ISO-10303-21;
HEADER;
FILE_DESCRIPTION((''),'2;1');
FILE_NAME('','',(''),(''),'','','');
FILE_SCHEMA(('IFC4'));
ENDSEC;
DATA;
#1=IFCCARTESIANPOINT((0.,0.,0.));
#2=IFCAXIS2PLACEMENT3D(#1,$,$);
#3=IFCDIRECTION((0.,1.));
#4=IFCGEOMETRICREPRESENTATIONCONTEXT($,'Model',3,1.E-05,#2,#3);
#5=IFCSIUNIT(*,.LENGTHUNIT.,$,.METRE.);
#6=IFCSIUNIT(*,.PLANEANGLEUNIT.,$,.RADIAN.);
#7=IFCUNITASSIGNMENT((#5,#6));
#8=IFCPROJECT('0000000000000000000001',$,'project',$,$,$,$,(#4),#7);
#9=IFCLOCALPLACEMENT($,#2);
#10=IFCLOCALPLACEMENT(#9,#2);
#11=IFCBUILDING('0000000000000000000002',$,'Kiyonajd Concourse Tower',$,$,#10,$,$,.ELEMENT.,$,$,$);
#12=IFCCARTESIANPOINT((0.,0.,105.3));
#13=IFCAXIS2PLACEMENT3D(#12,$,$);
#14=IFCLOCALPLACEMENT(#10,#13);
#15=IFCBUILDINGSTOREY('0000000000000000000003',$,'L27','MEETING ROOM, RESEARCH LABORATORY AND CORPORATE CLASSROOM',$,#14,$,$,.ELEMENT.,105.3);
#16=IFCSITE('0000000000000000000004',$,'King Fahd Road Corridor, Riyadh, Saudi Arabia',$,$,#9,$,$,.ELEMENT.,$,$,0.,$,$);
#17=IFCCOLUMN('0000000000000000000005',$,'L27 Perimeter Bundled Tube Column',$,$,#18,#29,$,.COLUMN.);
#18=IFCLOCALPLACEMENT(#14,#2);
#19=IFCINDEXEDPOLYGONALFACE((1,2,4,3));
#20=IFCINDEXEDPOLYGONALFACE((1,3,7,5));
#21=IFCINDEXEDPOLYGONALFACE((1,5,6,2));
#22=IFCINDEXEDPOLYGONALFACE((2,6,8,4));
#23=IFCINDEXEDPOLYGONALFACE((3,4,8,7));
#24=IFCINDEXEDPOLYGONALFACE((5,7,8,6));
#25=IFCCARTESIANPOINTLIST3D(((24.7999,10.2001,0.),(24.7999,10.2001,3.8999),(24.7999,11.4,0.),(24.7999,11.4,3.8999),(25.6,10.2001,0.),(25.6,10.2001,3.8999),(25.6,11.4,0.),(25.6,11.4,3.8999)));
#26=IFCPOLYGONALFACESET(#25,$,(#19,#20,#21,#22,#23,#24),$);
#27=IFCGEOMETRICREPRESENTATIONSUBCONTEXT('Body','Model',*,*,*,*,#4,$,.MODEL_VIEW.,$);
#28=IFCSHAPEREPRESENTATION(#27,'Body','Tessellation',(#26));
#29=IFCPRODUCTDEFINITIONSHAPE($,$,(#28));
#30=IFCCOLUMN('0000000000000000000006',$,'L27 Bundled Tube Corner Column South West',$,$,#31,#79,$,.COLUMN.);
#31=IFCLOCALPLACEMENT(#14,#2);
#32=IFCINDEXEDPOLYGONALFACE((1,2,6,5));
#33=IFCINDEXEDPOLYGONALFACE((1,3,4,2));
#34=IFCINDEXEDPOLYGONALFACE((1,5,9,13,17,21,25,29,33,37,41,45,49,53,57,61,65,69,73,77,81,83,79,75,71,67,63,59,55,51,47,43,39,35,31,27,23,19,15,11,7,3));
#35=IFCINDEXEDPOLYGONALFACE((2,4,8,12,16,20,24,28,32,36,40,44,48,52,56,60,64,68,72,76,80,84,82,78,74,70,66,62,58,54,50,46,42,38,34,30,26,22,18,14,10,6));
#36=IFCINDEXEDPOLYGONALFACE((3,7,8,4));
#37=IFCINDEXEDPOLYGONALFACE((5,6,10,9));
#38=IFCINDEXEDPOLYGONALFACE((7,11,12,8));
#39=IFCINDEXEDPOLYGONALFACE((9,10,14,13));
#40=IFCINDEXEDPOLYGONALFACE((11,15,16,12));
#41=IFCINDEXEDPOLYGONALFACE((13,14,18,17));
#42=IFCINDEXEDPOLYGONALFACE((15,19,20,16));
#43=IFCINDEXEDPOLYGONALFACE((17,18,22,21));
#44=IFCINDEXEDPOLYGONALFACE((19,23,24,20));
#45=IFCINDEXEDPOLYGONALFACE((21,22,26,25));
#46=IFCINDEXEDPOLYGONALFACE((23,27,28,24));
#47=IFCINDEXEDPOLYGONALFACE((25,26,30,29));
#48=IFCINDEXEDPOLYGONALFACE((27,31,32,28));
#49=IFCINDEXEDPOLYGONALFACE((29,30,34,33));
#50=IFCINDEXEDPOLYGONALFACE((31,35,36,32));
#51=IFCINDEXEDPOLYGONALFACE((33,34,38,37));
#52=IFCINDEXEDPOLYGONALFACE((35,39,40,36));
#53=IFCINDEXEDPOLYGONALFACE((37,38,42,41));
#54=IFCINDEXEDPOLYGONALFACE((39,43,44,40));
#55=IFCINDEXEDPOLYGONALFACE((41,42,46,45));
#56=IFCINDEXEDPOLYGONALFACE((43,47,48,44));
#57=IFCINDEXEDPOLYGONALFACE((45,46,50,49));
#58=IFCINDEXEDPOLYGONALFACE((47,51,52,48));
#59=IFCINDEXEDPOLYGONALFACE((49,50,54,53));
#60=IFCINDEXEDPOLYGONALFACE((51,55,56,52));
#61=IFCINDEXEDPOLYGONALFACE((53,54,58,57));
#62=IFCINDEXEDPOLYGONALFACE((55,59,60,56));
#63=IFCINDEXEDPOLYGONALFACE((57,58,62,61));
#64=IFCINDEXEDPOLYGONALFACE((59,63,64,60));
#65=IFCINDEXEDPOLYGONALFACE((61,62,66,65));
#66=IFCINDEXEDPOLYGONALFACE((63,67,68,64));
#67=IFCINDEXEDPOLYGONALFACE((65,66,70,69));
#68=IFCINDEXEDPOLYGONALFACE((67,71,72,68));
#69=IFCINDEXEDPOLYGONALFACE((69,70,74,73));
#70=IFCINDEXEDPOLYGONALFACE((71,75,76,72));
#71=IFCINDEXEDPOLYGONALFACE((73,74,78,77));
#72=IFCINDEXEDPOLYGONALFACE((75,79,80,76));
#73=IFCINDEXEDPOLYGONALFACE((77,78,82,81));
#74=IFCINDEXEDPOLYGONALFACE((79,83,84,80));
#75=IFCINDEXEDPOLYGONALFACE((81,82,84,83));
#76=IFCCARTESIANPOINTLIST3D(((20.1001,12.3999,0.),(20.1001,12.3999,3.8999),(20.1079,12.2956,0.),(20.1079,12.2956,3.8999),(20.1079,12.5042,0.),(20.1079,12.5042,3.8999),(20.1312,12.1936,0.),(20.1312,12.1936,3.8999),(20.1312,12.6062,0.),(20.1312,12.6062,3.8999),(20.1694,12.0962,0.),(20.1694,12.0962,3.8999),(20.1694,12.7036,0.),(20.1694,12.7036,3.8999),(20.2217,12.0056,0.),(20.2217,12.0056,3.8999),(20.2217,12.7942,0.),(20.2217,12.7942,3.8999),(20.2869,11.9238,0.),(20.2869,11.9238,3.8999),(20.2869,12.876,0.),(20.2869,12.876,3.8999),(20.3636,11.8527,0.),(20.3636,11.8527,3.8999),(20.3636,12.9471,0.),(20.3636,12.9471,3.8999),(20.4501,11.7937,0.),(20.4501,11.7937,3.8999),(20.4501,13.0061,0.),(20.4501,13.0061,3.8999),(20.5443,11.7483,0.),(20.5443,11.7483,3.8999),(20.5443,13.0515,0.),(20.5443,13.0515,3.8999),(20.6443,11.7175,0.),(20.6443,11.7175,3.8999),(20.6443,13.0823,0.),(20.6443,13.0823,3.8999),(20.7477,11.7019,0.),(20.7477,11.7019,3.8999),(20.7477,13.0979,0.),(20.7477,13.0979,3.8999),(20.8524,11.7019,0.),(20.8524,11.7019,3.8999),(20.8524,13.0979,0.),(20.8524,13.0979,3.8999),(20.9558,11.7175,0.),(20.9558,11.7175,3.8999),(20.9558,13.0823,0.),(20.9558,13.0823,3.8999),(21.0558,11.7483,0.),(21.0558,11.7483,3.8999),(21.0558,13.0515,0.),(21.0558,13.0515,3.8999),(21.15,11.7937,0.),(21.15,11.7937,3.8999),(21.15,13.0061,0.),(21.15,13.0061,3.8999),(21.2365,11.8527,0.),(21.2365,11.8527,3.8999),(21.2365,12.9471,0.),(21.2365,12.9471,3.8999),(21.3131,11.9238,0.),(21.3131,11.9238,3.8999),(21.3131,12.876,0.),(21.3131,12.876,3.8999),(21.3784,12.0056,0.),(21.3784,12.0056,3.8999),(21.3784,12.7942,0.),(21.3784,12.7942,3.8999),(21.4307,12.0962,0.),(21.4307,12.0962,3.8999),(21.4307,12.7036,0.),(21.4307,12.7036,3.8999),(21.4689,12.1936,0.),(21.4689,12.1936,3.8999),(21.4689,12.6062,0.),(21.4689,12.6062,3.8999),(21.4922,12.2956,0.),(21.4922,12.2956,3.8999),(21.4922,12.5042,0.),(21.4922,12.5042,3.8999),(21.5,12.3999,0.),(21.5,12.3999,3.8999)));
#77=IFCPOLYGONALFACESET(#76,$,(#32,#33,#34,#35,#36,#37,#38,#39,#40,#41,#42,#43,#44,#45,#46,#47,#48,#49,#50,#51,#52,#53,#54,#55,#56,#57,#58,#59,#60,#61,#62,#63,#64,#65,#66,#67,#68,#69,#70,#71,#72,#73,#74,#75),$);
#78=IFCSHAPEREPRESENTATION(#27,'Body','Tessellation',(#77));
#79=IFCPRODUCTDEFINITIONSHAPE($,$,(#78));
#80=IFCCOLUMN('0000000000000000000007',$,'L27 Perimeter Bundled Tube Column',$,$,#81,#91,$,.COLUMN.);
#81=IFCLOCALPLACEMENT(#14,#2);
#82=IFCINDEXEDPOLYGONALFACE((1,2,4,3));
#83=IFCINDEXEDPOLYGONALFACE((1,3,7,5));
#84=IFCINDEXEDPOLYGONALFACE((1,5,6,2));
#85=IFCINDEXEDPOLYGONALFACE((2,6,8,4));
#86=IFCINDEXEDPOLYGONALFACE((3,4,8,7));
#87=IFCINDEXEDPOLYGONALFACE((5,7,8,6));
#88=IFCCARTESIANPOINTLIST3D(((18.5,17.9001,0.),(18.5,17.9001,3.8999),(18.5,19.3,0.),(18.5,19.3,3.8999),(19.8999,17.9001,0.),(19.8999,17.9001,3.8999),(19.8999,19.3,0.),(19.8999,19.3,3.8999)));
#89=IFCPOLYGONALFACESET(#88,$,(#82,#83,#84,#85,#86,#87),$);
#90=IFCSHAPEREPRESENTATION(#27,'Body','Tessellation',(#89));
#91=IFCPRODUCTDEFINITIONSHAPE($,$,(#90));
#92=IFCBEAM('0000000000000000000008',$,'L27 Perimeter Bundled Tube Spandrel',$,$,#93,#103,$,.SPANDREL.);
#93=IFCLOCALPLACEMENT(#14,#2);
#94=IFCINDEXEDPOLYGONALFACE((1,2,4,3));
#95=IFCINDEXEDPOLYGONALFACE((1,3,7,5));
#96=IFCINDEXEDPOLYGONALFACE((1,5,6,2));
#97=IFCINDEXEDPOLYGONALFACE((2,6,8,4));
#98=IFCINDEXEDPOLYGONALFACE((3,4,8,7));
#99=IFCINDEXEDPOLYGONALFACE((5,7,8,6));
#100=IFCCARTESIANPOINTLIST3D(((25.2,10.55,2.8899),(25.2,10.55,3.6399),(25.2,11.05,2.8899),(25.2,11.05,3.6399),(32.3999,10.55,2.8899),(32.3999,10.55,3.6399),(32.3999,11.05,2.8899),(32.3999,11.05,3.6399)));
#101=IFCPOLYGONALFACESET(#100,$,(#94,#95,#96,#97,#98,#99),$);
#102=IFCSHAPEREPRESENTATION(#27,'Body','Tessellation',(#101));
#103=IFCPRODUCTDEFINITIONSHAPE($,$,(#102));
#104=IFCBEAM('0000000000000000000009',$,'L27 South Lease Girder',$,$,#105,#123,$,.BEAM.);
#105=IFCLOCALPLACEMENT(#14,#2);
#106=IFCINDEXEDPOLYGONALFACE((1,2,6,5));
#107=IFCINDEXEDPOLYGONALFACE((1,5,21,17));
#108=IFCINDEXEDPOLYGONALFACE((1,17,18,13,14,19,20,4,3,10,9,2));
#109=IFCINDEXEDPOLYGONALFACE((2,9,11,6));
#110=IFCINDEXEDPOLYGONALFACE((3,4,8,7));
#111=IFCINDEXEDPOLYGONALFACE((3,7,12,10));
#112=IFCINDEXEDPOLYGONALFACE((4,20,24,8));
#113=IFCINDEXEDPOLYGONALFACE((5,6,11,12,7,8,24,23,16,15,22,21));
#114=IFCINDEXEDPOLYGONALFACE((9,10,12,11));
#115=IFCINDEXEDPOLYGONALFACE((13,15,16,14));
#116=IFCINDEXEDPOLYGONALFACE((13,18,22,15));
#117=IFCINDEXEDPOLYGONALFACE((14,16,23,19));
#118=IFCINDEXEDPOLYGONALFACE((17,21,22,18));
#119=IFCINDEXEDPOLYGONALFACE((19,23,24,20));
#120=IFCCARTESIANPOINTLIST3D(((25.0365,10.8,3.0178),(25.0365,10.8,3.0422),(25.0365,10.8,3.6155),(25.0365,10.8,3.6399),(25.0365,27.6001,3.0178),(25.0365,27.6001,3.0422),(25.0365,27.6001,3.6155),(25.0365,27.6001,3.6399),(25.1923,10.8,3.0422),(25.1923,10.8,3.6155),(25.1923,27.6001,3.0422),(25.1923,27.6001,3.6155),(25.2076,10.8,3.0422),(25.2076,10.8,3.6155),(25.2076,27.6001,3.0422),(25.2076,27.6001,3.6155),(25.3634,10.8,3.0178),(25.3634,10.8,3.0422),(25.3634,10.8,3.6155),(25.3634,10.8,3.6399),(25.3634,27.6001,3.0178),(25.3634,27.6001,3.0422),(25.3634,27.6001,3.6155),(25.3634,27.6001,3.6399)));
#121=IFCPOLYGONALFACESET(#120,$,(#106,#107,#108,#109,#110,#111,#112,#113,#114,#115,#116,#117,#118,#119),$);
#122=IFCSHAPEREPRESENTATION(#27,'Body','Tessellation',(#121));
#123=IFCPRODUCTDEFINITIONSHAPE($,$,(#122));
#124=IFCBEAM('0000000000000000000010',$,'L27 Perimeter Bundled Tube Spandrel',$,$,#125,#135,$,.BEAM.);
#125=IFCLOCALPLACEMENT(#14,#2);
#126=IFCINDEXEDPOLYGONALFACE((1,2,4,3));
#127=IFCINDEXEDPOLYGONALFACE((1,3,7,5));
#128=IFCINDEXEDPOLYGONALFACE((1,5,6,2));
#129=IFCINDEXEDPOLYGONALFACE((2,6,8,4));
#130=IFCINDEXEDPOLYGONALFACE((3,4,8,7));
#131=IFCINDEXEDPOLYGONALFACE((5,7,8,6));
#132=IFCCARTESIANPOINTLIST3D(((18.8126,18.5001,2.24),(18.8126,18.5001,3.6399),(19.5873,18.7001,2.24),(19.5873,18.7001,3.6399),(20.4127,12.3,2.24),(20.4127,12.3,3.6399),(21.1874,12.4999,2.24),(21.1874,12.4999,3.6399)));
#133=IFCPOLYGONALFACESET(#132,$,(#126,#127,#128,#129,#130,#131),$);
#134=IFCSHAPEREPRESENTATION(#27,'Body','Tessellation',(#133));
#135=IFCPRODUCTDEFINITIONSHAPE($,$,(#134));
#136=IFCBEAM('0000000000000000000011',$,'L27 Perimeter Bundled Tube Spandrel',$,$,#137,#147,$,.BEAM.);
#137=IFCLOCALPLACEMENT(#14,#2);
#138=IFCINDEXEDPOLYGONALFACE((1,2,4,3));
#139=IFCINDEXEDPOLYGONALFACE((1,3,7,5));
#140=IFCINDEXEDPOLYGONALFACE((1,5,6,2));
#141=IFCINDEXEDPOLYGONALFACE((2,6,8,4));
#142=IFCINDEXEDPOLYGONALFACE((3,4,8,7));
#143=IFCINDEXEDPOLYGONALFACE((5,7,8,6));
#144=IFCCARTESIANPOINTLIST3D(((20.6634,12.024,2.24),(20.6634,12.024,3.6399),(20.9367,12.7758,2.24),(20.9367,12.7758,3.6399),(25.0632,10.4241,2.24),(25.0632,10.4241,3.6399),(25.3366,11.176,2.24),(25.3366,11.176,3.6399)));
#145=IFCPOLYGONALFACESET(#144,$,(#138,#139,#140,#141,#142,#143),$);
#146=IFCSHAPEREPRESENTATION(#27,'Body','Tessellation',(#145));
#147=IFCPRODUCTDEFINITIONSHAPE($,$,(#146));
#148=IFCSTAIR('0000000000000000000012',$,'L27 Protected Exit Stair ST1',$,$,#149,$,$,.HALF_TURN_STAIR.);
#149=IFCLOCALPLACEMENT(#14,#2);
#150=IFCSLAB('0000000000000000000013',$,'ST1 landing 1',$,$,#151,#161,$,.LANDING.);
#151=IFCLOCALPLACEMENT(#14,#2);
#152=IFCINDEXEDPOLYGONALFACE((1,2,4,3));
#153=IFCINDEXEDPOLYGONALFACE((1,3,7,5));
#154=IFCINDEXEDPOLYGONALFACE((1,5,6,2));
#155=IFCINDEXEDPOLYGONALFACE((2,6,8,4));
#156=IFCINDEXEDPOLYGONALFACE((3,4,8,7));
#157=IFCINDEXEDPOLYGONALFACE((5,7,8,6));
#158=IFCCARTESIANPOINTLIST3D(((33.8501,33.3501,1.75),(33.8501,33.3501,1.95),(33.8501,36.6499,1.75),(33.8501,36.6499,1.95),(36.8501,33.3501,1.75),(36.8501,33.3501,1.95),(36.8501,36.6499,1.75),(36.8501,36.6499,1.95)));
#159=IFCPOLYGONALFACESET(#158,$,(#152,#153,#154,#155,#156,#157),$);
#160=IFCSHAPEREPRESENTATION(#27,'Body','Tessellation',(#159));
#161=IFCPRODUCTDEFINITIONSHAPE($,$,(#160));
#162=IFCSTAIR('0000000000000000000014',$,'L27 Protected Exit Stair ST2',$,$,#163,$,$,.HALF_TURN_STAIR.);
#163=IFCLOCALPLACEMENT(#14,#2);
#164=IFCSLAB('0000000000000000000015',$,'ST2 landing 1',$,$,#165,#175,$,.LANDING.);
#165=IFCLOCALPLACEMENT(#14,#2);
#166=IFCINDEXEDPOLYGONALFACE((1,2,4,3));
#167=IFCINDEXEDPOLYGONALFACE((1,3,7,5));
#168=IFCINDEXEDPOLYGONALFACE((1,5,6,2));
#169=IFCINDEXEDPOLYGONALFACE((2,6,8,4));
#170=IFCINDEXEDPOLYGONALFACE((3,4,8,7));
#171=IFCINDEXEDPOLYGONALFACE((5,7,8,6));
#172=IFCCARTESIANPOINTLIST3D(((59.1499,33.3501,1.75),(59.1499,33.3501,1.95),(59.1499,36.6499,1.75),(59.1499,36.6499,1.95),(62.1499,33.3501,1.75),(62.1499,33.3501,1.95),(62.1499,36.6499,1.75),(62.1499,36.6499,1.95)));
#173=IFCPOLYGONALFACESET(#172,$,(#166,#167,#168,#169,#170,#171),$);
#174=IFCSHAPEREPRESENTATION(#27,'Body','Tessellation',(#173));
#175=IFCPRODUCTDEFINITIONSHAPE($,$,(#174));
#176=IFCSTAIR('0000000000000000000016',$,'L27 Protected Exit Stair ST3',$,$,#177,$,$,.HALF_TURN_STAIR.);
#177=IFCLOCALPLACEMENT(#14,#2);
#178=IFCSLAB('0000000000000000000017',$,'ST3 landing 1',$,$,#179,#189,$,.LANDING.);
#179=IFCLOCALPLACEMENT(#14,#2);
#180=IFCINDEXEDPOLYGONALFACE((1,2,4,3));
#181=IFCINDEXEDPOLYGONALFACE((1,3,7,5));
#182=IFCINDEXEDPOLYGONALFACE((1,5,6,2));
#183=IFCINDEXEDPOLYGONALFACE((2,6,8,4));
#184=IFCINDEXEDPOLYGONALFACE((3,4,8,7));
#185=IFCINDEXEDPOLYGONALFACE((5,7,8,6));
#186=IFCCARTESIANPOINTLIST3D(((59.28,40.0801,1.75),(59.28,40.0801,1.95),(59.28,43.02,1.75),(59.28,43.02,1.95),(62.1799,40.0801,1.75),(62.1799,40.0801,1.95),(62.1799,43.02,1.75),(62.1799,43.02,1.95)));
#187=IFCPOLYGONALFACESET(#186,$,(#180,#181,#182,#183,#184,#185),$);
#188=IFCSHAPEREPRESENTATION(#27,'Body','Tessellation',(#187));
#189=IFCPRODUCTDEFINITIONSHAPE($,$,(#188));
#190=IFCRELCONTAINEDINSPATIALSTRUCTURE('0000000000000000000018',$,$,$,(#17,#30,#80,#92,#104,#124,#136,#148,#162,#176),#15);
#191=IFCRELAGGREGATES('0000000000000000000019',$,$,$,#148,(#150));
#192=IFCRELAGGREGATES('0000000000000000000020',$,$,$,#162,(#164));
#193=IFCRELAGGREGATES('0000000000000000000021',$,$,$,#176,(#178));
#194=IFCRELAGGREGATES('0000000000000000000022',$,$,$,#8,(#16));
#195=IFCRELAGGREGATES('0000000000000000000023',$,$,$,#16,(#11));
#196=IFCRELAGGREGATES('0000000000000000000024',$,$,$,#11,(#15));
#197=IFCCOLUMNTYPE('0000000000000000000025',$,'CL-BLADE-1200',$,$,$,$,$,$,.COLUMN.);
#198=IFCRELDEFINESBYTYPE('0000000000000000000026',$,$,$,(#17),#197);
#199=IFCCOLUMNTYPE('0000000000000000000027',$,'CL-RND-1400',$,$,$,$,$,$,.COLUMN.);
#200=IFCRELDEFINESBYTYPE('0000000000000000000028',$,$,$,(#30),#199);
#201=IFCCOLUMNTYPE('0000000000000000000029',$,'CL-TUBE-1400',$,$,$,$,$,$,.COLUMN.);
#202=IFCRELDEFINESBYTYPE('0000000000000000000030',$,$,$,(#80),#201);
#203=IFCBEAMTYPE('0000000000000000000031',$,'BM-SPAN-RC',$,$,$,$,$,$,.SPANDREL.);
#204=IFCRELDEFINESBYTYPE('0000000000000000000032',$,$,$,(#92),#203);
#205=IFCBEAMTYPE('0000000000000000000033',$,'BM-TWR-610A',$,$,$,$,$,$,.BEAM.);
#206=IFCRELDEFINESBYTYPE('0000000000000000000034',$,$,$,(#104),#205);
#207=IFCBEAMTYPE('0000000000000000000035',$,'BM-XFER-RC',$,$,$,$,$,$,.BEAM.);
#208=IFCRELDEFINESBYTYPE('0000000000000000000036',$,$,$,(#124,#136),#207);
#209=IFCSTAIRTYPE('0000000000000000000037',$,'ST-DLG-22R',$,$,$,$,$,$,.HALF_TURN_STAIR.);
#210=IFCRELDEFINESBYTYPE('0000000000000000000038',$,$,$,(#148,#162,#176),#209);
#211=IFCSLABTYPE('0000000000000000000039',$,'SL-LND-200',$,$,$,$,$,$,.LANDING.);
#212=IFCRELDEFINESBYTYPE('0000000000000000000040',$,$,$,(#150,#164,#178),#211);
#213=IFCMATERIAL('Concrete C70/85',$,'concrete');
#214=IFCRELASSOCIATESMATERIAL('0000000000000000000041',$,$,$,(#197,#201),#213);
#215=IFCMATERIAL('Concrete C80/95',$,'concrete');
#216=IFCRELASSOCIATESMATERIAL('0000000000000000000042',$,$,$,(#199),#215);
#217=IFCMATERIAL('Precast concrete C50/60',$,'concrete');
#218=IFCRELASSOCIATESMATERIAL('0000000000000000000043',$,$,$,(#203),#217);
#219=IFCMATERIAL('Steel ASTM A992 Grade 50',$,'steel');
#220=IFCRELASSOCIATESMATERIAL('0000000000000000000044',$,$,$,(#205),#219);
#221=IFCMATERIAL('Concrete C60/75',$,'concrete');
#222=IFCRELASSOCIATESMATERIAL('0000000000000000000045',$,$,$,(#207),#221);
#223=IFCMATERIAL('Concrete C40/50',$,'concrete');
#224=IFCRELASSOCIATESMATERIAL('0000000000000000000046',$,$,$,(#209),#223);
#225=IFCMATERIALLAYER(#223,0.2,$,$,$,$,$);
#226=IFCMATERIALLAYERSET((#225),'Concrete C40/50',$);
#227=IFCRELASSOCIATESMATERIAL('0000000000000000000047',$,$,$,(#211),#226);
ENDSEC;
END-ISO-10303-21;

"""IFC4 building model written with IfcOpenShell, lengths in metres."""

from ifc_helpers import new_model, si_unit, direction, frame, origin, origin_2d, place, context, subcontext, project, spatial, polyline, rectangle, circle, i_section, outline, extrude, material, layer, layer_set, material_profile, profile_set, type_object, element, aggregate, save


model = new_model("IFC4")

# Units and contexts
model_context = context("Model", 3, precision=1e-05, world=origin(), true_north=direction((0.0, 1.0)))
body_context = subcontext(model_context, "Body", "Model", "MODEL_VIEW")
ifc_project = project(units=[si_unit("LENGTHUNIT", "METRE"), si_unit("PLANEANGLEUNIT", "RADIAN")], contexts=[model_context])

# Site, building, storey
site_placement = place(None, origin())
site = spatial("IfcSite", under=ifc_project, at=site_placement, Name="King Fahd Road Corridor, Riyadh, Saudi Arabia", CompositionType="ELEMENT", RefElevation=0.0)
building_placement = place(site_placement, origin())
building = spatial("IfcBuilding", under=site, at=building_placement, Name="Kiyonajd Concourse Tower", CompositionType="ELEMENT")
storey_placement = place(building_placement, frame((0.0, 0.0, 105.3)))
storey = spatial("IfcBuildingStorey", under=building, at=storey_placement, Name="L27", Description="MEETING ROOM, RESEARCH LABORATORY AND CORPORATE CLASSROOM", CompositionType="ELEMENT", Elevation=105.3)

# Columns
ifc_material_1 = material(Name="Concrete C70/85", Category="concrete")
ifc_material_profile_1 = material_profile(ifc_material_1, rectangle(XDim=0.8, YDim=1.2, at=origin_2d()), Name="RC-1200x800")
ifc_profile_set_1 = profile_set([ifc_material_profile_1], Name="Concrete C70/85")
column_type_1 = type_object("IfcColumnType", Name="CL-BLADE-1200", PredefinedType="COLUMN", material=ifc_profile_set_1)
column_1_placement = place(storey_placement, frame((25.2, 10.8, 0.0), z_axis=(0.0, 0.0, 1.0), x_axis=(1.0, 0.0, 0.0)))
element("IfcColumn", 1, at=column_1_placement, inside=storey, type_object=column_type_1, Name="L27 Perimeter Bundled Tube Column", PredefinedType="COLUMN", context=body_context, shape_type="SweptSolid", body=[
    extrude(rectangle(XDim=0.8, YDim=1.2, at=origin_2d()), origin(), (0.0, 0.0, 1.0), 3.8999),
])
ifc_material_2 = material(Name="Concrete C80/95", Category="concrete")
ifc_material_profile_2 = material_profile(ifc_material_2, circle(Radius=0.7, at=origin_2d()), Name="RCC-D1400")
ifc_profile_set_2 = profile_set([ifc_material_profile_2], Name="Concrete C80/95")
column_type_2 = type_object("IfcColumnType", Name="CL-RND-1400", PredefinedType="COLUMN", material=ifc_profile_set_2)
column_2_placement = place(storey_placement, frame((20.8, 12.3999, 0.0), z_axis=(0.0, 0.0, 1.0), x_axis=(1.0, 0.0, 0.0)))
element("IfcColumn", 2, at=column_2_placement, inside=storey, type_object=column_type_2, Name="L27 Bundled Tube Corner Column South West", PredefinedType="COLUMN", context=body_context, shape_type="SweptSolid", body=[
    extrude(circle(Radius=0.7, at=origin_2d()), origin(), (0.0, 0.0, 1.0), 3.8999),
])
ifc_material_profile_3 = material_profile(ifc_material_1, rectangle(XDim=1.3999, YDim=1.3999, at=origin_2d()), Name="RC-1400x1400")
ifc_profile_set_3 = profile_set([ifc_material_profile_3], Name="Concrete C70/85")
column_type_3 = type_object("IfcColumnType", Name="CL-TUBE-1400", PredefinedType="COLUMN", material=ifc_profile_set_3)
column_3_placement = place(storey_placement, frame((19.2, 18.6001, 0.0), z_axis=(0.0, 0.0, 1.0), x_axis=(1.0, 0.0, 0.0)))
element("IfcColumn", 3, at=column_3_placement, inside=storey, type_object=column_type_3, Name="L27 Perimeter Bundled Tube Column", PredefinedType="COLUMN", context=body_context, shape_type="SweptSolid", body=[
    extrude(rectangle(XDim=1.3999, YDim=1.3999, at=origin_2d()), origin(), (0.0, 0.0, 1.0), 3.8999),
])

# Beams
ifc_material_3 = material(Name="Precast concrete C50/60", Category="concrete")
ifc_material_profile_4 = material_profile(ifc_material_3, rectangle(XDim=0.5, YDim=0.75, at=origin_2d()), Name="RCBM-500x750")
ifc_profile_set_4 = profile_set([ifc_material_profile_4], Name="Precast concrete C50/60")
beam_type_1 = type_object("IfcBeamType", Name="BM-SPAN-RC", PredefinedType="SPANDREL", material=ifc_profile_set_4)
beam_1_placement = place(storey_placement, frame((25.2, 10.8, 3.2649), z_axis=(1.0, 0.0, 0.0), x_axis=(0.0, 1.0, 0.0)))
element("IfcBeam", 4, at=beam_1_placement, inside=storey, type_object=beam_type_1, Name="L27 Perimeter Bundled Tube Spandrel", PredefinedType="SPANDREL", context=body_context, shape_type="SweptSolid", body=[
    extrude(rectangle(XDim=0.5, YDim=0.75, at=origin_2d()), origin(), (0.0, 0.0, 1.0), 7.2),
])
ifc_material_4 = material(Name="Steel ASTM A992 Grade 50", Category="steel")
ifc_material_profile_5 = material_profile(ifc_material_4, i_section(OverallWidth=0.3269, OverallDepth=0.6221, WebThickness=0.0154, FlangeThickness=0.0244, at=origin_2d()), Name="W610X195")
ifc_profile_set_5 = profile_set([ifc_material_profile_5], Name="Steel ASTM A992 Grade 50")
beam_type_2 = type_object("IfcBeamType", Name="BM-TWR-610A", PredefinedType="BEAM", material=ifc_profile_set_5)
beam_2_placement = place(storey_placement, frame((25.2, 10.8, 3.3289), z_axis=(0.0, 1.0, 0.0), x_axis=(-1.0, 0.0, 0.0)))
element("IfcBeam", 5, at=beam_2_placement, inside=storey, type_object=beam_type_2, Name="L27 South Lease Girder", PredefinedType="BEAM", context=body_context, shape_type="SweptSolid", body=[
    extrude(i_section(OverallWidth=0.3269, OverallDepth=0.6221, WebThickness=0.0154, FlangeThickness=0.0244, at=origin_2d()), origin(), (0.0, 0.0, 1.0), 16.8),
])
ifc_material_5 = material(Name="Concrete C60/75", Category="concrete")
ifc_material_profile_6 = material_profile(ifc_material_5, rectangle(XDim=0.8, YDim=1.3999, at=origin_2d()), Name="RCBM-800x1400")
ifc_profile_set_6 = profile_set([ifc_material_profile_6], Name="Concrete C60/75")
beam_type_3 = type_object("IfcBeamType", Name="BM-XFER-RC", PredefinedType="BEAM", material=ifc_profile_set_6)
beam_3_placement = place(storey_placement, frame((19.2, 18.6001, 2.9399), z_axis=(0.249885, -0.968276, 0.0), x_axis=(0.968276, 0.249885, 0.0)))
element("IfcBeam", 6, at=beam_3_placement, inside=storey, type_object=beam_type_3, Name="L27 Perimeter Bundled Tube Spandrel", PredefinedType="BEAM", context=body_context, shape_type="SweptSolid", body=[
    extrude(rectangle(XDim=0.8, YDim=1.3999, at=origin_2d()), origin(), (0.0, 0.0, 1.0), 6.4033),
])
beam_4_placement = place(storey_placement, frame((20.8, 12.3999, 2.9399), z_axis=(0.939801, -0.341722, 0.0), x_axis=(0.341722, 0.939801, 0.0)))
element("IfcBeam", 7, at=beam_4_placement, inside=storey, type_object=beam_type_3, Name="L27 Perimeter Bundled Tube Spandrel", PredefinedType="BEAM", context=body_context, shape_type="SweptSolid", body=[
    extrude(rectangle(XDim=0.8, YDim=1.3999, at=origin_2d()), origin(), (0.0, 0.0, 1.0), 4.6816),
])

# Stairs, slabs
ifc_material_6 = material(Name="Concrete C40/50", Category="concrete")
stair_type = type_object("IfcStairType", Name="ST-DLG-22R", PredefinedType="HALF_TURN_STAIR", material=ifc_material_6)
stair_1_placement = place(storey_placement, origin())
stair_1 = element("IfcStair", 8, at=stair_1_placement, inside=storey, type_object=stair_type, Name="L27 Protected Exit Stair ST1", PredefinedType="HALF_TURN_STAIR")
ifc_layer_1 = layer(ifc_material_6, 0.2)
ifc_layer_set_1 = layer_set([ifc_layer_1], Name="Concrete C40/50")
slab_type_1 = type_object("IfcSlabType", Name="SL-LND-200", PredefinedType="LANDING", material=ifc_layer_set_1)
slab_1_placement = place(storey_placement, frame((0.0, 0.0, 1.75)))
slab_1 = element("IfcSlab", 9, at=slab_1_placement, type_object=slab_type_1, Name="ST1 landing 1", PredefinedType="LANDING", context=body_context, shape_type="SweptSolid", body=[
    extrude(outline(polyline([(36.8501, 33.3501), (36.8501, 36.6499), (33.8501, 36.6499), (33.8501, 33.3501), (36.8501, 33.3501)])), origin(), (0.0, 0.0, 1.0), 0.2),
])
aggregate(stair_1, [slab_1])
stair_2_placement = place(storey_placement, origin())
stair_2 = element("IfcStair", 10, at=stair_2_placement, inside=storey, type_object=stair_type, Name="L27 Protected Exit Stair ST2", PredefinedType="HALF_TURN_STAIR")
slab_2_placement = place(storey_placement, frame((0.0, 0.0, 1.75)))
slab_2 = element("IfcSlab", 11, at=slab_2_placement, type_object=slab_type_1, Name="ST2 landing 1", PredefinedType="LANDING", context=body_context, shape_type="SweptSolid", body=[
    extrude(outline(polyline([(62.1499, 33.3501), (62.1499, 36.6499), (59.1499, 36.6499), (59.1499, 33.3501), (62.1499, 33.3501)])), origin(), (0.0, 0.0, 1.0), 0.2),
])
aggregate(stair_2, [slab_2])
stair_3_placement = place(storey_placement, origin())
stair_3 = element("IfcStair", 12, at=stair_3_placement, inside=storey, type_object=stair_type, Name="L27 Protected Exit Stair ST3", PredefinedType="HALF_TURN_STAIR")
slab_3_placement = place(storey_placement, frame((0.0, 0.0, 1.75)))
slab_3 = element("IfcSlab", 13, at=slab_3_placement, type_object=slab_type_1, Name="ST3 landing 1", PredefinedType="LANDING", context=body_context, shape_type="SweptSolid", body=[
    extrude(outline(polyline([(59.28, 40.0801), (62.1799, 40.0801), (62.1799, 43.02), (59.28, 43.02), (59.28, 40.0801)])), origin(), (0.0, 0.0, 1.0), 0.2),
])
aggregate(stair_3, [slab_3])

save(model, "model.ifc")
